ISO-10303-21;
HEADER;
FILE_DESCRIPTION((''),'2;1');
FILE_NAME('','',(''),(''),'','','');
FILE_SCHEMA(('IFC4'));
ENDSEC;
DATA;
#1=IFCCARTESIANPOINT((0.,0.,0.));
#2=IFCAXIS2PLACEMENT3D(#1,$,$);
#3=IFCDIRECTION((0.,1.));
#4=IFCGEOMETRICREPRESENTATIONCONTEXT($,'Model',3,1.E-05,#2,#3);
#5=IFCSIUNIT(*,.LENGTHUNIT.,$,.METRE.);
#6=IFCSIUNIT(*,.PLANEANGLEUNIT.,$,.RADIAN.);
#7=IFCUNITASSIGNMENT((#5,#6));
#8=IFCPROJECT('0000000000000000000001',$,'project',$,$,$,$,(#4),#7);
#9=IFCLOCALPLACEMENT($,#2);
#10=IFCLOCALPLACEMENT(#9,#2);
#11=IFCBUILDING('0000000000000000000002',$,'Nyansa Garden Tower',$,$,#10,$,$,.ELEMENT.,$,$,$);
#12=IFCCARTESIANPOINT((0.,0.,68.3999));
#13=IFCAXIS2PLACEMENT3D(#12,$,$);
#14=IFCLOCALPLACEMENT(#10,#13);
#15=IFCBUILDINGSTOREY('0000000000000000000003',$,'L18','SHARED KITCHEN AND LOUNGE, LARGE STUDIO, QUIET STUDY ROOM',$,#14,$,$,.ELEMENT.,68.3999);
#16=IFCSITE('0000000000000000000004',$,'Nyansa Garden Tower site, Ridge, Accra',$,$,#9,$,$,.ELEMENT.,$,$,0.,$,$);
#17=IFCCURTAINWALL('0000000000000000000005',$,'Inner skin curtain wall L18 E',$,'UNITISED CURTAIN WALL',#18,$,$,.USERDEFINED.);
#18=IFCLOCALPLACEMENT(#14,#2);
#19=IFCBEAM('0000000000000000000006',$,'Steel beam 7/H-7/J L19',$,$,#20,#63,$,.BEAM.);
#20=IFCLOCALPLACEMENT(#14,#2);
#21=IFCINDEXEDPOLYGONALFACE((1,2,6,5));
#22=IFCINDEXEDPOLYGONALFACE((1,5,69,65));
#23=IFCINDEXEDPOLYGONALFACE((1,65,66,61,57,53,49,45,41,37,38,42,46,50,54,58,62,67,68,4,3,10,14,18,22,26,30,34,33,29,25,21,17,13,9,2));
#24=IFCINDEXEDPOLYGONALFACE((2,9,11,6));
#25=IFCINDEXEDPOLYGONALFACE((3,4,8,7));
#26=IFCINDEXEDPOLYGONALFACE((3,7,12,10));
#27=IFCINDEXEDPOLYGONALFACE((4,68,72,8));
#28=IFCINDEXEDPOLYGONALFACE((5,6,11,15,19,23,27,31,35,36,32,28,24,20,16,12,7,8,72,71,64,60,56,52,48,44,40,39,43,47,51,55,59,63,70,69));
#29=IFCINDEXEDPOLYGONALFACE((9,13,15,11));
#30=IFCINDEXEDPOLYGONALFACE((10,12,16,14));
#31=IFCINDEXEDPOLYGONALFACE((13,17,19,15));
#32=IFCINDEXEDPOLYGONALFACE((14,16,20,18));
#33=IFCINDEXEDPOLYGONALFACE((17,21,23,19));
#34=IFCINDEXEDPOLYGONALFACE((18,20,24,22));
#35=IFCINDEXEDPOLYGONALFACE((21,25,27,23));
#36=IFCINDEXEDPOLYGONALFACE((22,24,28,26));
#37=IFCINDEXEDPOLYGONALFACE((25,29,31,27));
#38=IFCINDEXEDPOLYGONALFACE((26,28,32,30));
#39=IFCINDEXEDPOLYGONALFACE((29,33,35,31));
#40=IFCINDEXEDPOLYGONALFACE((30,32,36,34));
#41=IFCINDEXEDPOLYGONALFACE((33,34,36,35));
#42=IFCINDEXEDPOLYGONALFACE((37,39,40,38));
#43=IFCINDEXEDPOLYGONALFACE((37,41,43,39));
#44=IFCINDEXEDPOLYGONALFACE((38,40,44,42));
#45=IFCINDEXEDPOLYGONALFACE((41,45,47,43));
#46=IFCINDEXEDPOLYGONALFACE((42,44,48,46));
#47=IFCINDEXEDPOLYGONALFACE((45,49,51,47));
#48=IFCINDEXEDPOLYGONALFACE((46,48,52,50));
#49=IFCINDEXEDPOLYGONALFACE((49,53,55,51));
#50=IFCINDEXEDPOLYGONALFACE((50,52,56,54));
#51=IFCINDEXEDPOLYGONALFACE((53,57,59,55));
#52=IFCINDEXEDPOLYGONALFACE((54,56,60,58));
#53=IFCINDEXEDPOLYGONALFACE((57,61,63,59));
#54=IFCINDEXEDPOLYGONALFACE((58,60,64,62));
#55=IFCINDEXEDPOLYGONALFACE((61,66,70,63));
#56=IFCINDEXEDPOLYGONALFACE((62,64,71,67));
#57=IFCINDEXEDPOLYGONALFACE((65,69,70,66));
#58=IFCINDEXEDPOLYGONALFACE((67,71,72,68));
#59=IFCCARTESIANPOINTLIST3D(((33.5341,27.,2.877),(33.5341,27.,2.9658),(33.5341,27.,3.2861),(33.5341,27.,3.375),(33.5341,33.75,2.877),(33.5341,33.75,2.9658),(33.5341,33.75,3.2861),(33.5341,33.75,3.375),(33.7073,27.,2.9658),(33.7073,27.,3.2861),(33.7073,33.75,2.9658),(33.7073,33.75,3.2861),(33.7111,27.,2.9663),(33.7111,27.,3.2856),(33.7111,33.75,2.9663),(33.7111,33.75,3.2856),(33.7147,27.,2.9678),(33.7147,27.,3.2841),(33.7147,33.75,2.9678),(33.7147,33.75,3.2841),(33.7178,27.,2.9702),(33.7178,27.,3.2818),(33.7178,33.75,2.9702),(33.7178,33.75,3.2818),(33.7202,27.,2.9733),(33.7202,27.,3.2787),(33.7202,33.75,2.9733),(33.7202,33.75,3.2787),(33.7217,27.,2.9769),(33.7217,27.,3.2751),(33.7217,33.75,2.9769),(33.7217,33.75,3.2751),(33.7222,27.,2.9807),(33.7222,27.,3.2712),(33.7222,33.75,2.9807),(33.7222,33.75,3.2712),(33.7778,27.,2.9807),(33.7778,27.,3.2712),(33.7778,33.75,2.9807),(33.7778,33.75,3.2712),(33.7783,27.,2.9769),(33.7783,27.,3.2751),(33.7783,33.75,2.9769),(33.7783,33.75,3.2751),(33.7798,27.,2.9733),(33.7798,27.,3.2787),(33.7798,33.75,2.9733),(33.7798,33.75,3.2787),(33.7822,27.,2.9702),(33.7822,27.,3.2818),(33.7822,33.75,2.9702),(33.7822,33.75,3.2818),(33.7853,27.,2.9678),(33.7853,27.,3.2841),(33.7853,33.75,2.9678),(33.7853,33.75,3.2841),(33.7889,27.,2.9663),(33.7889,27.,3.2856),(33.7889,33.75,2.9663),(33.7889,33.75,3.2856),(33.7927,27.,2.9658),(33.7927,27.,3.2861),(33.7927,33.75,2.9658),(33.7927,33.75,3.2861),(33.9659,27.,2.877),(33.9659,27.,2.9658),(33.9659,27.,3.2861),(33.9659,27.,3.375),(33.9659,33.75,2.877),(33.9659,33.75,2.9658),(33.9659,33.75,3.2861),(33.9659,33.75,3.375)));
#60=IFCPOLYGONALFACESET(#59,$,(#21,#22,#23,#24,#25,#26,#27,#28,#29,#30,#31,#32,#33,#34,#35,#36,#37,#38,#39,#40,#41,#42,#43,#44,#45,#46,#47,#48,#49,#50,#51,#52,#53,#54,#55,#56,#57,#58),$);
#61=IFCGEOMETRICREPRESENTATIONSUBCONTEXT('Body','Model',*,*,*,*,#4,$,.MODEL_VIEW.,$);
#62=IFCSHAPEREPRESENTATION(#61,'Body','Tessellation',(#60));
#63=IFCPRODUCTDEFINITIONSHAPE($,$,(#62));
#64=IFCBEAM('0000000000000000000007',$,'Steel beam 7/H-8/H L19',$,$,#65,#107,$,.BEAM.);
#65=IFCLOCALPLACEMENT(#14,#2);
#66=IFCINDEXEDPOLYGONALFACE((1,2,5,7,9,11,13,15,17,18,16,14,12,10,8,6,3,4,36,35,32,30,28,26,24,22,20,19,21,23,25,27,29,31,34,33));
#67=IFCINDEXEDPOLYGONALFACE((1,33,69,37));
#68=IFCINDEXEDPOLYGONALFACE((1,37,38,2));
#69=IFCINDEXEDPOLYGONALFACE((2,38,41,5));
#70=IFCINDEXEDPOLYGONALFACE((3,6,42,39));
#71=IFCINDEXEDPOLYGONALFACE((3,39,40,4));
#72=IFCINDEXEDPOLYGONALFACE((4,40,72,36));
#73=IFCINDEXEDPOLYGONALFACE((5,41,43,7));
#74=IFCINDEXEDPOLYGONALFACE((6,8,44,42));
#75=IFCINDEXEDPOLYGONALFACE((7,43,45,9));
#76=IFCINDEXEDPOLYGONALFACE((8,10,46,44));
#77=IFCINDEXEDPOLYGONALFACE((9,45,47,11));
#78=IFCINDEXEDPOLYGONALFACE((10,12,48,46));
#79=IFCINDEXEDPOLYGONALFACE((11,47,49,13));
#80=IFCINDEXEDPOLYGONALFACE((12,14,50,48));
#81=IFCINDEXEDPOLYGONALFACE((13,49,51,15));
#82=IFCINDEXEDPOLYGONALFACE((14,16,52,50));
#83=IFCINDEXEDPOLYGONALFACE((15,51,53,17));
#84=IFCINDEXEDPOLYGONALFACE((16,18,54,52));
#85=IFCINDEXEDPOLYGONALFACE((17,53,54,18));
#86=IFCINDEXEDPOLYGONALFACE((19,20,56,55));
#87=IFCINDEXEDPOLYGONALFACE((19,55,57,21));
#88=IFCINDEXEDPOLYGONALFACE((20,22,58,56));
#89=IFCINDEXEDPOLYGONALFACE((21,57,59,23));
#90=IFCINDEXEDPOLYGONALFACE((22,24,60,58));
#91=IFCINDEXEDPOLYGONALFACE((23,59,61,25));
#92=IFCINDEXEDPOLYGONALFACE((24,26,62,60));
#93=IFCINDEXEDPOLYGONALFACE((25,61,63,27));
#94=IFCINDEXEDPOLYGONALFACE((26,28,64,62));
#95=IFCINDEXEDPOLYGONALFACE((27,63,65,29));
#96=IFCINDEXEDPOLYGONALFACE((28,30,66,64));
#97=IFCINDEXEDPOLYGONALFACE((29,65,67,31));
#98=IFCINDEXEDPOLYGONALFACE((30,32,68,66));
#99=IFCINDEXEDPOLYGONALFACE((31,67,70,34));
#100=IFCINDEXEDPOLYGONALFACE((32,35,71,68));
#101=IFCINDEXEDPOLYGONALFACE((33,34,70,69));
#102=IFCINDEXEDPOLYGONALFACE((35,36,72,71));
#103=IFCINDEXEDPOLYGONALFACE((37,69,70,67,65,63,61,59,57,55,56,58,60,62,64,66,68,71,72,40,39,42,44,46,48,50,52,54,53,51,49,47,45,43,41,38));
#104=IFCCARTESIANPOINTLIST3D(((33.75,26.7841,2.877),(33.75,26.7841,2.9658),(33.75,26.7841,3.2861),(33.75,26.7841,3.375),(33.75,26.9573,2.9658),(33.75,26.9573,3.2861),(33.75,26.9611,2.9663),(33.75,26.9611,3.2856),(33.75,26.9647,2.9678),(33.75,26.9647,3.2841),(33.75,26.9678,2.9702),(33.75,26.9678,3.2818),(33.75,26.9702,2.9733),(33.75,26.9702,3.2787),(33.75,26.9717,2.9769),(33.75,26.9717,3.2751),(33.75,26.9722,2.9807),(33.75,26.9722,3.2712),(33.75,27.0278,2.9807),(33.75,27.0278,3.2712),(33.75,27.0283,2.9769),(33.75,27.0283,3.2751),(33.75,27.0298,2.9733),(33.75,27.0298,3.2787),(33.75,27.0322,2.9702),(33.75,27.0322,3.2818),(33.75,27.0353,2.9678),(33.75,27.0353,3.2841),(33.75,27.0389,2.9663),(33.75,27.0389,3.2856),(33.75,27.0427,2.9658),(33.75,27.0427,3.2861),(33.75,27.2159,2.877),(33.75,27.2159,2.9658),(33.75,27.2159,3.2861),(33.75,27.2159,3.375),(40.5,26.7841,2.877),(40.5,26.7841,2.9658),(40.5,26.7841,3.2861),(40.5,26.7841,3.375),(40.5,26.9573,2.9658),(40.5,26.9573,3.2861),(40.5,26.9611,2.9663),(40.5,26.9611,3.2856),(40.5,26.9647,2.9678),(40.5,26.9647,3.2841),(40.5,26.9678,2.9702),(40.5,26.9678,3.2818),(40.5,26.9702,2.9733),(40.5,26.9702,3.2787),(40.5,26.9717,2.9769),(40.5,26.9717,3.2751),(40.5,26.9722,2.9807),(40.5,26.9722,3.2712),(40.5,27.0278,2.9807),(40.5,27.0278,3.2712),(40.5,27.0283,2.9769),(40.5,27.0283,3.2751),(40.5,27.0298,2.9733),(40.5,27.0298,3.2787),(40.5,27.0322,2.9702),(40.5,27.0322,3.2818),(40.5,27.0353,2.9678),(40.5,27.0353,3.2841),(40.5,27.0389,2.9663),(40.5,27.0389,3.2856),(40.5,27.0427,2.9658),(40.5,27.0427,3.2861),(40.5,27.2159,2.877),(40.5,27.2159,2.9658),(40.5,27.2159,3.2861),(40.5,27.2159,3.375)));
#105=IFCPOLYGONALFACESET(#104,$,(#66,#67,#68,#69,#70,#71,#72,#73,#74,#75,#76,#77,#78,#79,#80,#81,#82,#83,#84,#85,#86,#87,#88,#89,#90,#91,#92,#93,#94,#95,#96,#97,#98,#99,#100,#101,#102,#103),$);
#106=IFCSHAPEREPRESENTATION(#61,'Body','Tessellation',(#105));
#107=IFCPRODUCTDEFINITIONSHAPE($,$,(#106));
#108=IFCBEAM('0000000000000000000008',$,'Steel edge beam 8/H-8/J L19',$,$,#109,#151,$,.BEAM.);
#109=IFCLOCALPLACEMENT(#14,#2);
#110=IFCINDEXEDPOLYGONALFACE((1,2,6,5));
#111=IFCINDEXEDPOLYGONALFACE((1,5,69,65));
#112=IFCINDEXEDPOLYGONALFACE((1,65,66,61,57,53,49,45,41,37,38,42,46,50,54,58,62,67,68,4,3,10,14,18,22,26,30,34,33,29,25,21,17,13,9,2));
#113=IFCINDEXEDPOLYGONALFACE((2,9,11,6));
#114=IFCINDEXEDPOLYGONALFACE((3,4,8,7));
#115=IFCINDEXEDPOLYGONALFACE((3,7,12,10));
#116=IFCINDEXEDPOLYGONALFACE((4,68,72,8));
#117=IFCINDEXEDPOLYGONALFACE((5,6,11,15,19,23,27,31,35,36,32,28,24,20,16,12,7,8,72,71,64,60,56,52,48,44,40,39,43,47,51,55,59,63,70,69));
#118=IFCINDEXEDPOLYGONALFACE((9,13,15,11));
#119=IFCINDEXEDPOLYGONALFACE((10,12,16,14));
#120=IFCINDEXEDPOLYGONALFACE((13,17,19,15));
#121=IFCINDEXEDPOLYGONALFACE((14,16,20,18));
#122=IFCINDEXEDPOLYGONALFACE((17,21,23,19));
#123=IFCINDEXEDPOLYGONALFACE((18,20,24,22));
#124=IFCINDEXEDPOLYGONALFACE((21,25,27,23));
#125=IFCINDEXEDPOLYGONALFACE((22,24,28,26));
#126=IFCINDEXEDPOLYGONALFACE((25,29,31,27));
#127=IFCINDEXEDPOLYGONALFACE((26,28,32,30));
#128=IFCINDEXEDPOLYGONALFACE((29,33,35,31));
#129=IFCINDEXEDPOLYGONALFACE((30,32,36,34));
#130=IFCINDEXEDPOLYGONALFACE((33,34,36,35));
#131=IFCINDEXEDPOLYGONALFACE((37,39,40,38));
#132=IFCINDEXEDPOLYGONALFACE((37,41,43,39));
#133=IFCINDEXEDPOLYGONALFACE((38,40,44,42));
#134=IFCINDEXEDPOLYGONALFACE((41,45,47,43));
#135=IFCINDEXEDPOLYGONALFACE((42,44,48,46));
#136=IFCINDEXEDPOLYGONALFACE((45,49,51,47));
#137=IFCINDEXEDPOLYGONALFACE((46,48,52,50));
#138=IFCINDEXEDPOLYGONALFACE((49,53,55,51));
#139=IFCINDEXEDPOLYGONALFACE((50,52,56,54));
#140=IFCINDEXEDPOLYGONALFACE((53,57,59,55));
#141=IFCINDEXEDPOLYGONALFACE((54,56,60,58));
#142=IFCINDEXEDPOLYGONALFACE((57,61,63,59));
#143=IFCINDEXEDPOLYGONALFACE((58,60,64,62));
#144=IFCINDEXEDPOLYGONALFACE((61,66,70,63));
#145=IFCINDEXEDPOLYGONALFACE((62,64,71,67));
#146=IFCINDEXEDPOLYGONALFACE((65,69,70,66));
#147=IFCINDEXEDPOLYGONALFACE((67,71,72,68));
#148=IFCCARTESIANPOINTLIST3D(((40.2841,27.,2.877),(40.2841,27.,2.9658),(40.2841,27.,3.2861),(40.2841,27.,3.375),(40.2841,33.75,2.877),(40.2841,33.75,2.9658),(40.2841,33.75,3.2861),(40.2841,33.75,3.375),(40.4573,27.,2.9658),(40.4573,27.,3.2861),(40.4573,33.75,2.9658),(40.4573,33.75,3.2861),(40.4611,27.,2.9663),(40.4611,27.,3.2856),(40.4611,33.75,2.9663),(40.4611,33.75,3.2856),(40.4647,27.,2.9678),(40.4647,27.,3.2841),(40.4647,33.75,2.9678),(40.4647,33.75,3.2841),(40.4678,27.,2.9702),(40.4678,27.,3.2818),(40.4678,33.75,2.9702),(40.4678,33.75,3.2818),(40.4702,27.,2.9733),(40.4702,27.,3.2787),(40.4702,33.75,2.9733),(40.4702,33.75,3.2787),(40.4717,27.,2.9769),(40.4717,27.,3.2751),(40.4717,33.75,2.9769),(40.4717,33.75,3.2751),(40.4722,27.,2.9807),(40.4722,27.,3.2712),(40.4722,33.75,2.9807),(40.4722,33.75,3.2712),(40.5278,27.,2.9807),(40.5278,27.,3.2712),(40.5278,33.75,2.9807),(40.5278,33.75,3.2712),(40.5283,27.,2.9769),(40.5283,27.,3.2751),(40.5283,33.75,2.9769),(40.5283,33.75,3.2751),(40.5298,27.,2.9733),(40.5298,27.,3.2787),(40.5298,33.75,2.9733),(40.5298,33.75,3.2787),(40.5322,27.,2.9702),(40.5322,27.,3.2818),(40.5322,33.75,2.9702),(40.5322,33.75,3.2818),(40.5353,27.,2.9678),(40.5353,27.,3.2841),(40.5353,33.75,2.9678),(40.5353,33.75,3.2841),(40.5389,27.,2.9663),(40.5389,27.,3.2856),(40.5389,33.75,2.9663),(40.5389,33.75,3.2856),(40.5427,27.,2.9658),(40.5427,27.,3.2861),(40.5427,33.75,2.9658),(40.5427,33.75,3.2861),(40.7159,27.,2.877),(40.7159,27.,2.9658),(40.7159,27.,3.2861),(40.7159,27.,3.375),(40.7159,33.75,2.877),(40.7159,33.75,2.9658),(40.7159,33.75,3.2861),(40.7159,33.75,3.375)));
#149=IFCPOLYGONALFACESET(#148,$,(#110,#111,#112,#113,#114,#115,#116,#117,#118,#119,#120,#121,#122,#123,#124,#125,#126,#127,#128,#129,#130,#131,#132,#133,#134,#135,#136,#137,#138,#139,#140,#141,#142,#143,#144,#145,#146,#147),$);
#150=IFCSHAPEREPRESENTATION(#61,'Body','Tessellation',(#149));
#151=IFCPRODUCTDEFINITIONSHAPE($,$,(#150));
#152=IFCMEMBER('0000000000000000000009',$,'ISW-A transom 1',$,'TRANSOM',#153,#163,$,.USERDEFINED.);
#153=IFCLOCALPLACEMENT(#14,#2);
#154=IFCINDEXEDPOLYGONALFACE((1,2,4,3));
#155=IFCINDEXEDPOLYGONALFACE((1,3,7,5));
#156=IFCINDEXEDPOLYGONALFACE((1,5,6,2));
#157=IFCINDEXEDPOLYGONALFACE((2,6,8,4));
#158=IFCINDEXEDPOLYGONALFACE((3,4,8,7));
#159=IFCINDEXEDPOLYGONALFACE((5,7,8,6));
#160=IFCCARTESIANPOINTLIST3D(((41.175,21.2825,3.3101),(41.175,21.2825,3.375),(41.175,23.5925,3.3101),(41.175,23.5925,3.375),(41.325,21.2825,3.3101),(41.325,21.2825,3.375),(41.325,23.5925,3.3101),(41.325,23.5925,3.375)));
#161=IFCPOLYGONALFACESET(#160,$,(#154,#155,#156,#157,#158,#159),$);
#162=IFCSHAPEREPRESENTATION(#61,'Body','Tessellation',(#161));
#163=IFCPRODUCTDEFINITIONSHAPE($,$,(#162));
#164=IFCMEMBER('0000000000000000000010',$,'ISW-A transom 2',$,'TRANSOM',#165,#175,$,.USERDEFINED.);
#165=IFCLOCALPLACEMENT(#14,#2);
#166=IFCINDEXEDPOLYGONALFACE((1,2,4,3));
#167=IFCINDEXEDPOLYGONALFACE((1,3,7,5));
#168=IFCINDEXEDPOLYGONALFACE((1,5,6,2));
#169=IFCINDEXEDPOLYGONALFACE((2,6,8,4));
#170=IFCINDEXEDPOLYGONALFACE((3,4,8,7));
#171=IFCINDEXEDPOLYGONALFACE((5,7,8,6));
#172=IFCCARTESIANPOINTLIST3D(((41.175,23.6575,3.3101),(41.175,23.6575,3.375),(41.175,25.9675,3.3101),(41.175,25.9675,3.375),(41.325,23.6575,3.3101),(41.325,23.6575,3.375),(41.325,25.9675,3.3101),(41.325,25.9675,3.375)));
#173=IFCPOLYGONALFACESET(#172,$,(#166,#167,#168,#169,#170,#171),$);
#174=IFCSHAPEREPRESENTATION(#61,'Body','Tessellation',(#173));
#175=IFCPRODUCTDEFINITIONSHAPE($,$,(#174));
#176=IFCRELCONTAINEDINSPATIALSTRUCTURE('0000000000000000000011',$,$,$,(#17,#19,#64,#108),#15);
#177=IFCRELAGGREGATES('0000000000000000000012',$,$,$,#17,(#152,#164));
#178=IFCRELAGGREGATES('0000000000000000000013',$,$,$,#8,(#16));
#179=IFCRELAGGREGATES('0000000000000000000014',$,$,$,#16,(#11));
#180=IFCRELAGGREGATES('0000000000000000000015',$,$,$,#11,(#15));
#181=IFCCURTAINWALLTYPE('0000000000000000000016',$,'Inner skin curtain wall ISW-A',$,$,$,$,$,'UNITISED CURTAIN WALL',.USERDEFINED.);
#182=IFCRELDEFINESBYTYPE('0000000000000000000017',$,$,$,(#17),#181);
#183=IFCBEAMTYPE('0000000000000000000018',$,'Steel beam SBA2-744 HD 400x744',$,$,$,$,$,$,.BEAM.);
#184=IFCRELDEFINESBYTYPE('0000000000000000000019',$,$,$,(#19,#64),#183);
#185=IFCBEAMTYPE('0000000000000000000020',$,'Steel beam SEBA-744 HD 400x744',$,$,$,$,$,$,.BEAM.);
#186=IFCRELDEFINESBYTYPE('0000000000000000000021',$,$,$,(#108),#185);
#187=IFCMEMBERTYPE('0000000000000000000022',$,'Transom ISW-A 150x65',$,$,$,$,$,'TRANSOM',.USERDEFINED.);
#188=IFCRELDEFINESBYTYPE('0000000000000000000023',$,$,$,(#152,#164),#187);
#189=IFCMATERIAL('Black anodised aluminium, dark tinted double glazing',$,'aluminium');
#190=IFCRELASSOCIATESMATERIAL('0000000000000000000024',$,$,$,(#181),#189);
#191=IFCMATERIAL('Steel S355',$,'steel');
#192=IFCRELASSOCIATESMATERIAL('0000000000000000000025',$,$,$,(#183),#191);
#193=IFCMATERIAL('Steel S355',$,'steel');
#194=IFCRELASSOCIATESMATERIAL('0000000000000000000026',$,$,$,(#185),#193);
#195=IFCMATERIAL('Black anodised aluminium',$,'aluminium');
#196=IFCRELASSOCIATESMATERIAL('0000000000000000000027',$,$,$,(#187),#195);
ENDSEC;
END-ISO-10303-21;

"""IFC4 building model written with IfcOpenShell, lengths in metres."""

from ifc_helpers import new_model, si_unit, direction, frame, origin, origin_2d, place, context, subcontext, project, spatial, rectangle, i_section, extrude, material, material_profile, profile_set, type_object, element, aggregate, save


model = new_model("IFC4")

# Units and contexts
model_context = context("Model", 3, precision=1e-05, world=origin(), true_north=direction((0.0, 1.0)))
body_context = subcontext(model_context, "Body", "Model", "MODEL_VIEW")
ifc_project = project(units=[si_unit("LENGTHUNIT", "METRE"), si_unit("PLANEANGLEUNIT", "RADIAN")], contexts=[model_context])

# Site, building, storey
site_placement = place(None, origin())
site = spatial("IfcSite", under=ifc_project, at=site_placement, Name="Nyansa Garden Tower site, Ridge, Accra", CompositionType="ELEMENT", RefElevation=0.0)
building_placement = place(site_placement, origin())
building = spatial("IfcBuilding", under=site, at=building_placement, Name="Nyansa Garden Tower", CompositionType="ELEMENT")
storey_placement = place(building_placement, frame((0.0, 0.0, 68.3999)))
storey = spatial("IfcBuildingStorey", under=building, at=storey_placement, Name="L18", Description="SHARED KITCHEN AND LOUNGE, LARGE STUDIO, QUIET STUDY ROOM", CompositionType="ELEMENT", Elevation=68.3999)

# Curtain wall
ifc_material_1 = material(Name="Black anodised aluminium, dark tinted double glazing", Category="aluminium")
curtain_wall_type = type_object("IfcCurtainWallType", Name="Inner skin curtain wall ISW-A", ElementType="UNITISED CURTAIN WALL", PredefinedType="USERDEFINED", material=ifc_material_1)
curtain_wall_placement = place(storey_placement, origin())
curtain_wall = element("IfcCurtainWall", 1, at=curtain_wall_placement, inside=storey, type_object=curtain_wall_type, Name="Inner skin curtain wall L18 E", ObjectType="UNITISED CURTAIN WALL", PredefinedType="USERDEFINED")

# Beams
ifc_material_2 = material(Name="Steel S355", Category="steel")
ifc_material_profile_1 = material_profile(ifc_material_2, i_section(OverallWidth=0.4319, OverallDepth=0.498, WebThickness=0.0557, FlangeThickness=0.0889, FilletRadius=0.0149, at=origin_2d()), Name="HD 400x744")
ifc_profile_set_1 = profile_set([ifc_material_profile_1], Name="Steel S355")
beam_type_1 = type_object("IfcBeamType", Name="Steel beam SBA2-744 HD 400x744", PredefinedType="BEAM", material=ifc_profile_set_1)
for number, where, z_axis, x_axis, name in (
    (2, (33.75, 27.0, 3.126), (0.0, 1.0, 0.0), (-1.0, 0.0, 0.0), "Steel beam 7/H-7/J L19"),
    (3, (33.75, 27.0, 3.126), (1.0, 0.0, 0.0), (0.0, 1.0, 0.0), "Steel beam 7/H-8/H L19"),
):
    element("IfcBeam", number, at=place(storey_placement, frame(where, z_axis=z_axis, x_axis=x_axis)), inside=storey, type_object=beam_type_1, Name=name, PredefinedType="BEAM", context=body_context, shape_type="SweptSolid", body=[
        extrude(i_section(OverallWidth=0.4319, OverallDepth=0.498, WebThickness=0.0557, FlangeThickness=0.0889, FilletRadius=0.0149, at=origin_2d()), origin(), (0.0, 0.0, 1.0), 6.75),
    ])
ifc_material_3 = material(Name="Steel S355", Category="steel")
ifc_material_profile_2 = material_profile(ifc_material_3, i_section(OverallWidth=0.4319, OverallDepth=0.498, WebThickness=0.0557, FlangeThickness=0.0889, FilletRadius=0.0149, at=origin_2d()), Name="HD 400x744")
ifc_profile_set_2 = profile_set([ifc_material_profile_2], Name="Steel S355")
beam_type_2 = type_object("IfcBeamType", Name="Steel beam SEBA-744 HD 400x744", PredefinedType="BEAM", material=ifc_profile_set_2)
beam_1_placement = place(storey_placement, frame((40.5, 27.0, 3.126), z_axis=(0.0, 1.0, 0.0), x_axis=(-1.0, 0.0, 0.0)))
element("IfcBeam", 4, at=beam_1_placement, inside=storey, type_object=beam_type_2, Name="Steel edge beam 8/H-8/J L19", PredefinedType="BEAM", context=body_context, shape_type="SweptSolid", body=[
    extrude(i_section(OverallWidth=0.4319, OverallDepth=0.498, WebThickness=0.0557, FlangeThickness=0.0889, FilletRadius=0.0149, at=origin_2d()), origin(), (0.0, 0.0, 1.0), 6.75),
])

# Members
ifc_material_4 = material(Name="Black anodised aluminium", Category="aluminium")
ifc_material_profile_3 = material_profile(ifc_material_4, rectangle(XDim=0.1499, YDim=0.0649, at=origin_2d()), Name="Transom 150x65")
ifc_profile_set_3 = profile_set([ifc_material_profile_3], Name="Black anodised aluminium")
member_type_1 = type_object("IfcMemberType", Name="Transom ISW-A 150x65", ElementType="TRANSOM", PredefinedType="USERDEFINED", material=ifc_profile_set_3)
member_1_placement = place(storey_placement, frame((41.25, 21.2825, 3.3425), z_axis=(0.0, 1.0, 0.0), x_axis=(-1.0, 0.0, 0.0)))
member_1 = element("IfcMember", 5, at=member_1_placement, type_object=member_type_1, Name="ISW-A transom 1", ObjectType="TRANSOM", PredefinedType="USERDEFINED", context=body_context, shape_type="SweptSolid", body=[
    extrude(rectangle(XDim=0.1499, YDim=0.0649, at=origin_2d()), origin(), (0.0, 0.0, 1.0), 2.3101),
])
member_2_placement = place(storey_placement, frame((41.25, 23.6575, 3.3425), z_axis=(0.0, 1.0, 0.0), x_axis=(-1.0, 0.0, 0.0)))
member_2 = element("IfcMember", 6, at=member_2_placement, type_object=member_type_1, Name="ISW-A transom 2", ObjectType="TRANSOM", PredefinedType="USERDEFINED", context=body_context, shape_type="SweptSolid", body=[
    extrude(rectangle(XDim=0.1499, YDim=0.0649, at=origin_2d()), origin(), (0.0, 0.0, 1.0), 2.3101),
])

aggregate(curtain_wall, [member_1, member_2])

save(model, "model.ifc")
